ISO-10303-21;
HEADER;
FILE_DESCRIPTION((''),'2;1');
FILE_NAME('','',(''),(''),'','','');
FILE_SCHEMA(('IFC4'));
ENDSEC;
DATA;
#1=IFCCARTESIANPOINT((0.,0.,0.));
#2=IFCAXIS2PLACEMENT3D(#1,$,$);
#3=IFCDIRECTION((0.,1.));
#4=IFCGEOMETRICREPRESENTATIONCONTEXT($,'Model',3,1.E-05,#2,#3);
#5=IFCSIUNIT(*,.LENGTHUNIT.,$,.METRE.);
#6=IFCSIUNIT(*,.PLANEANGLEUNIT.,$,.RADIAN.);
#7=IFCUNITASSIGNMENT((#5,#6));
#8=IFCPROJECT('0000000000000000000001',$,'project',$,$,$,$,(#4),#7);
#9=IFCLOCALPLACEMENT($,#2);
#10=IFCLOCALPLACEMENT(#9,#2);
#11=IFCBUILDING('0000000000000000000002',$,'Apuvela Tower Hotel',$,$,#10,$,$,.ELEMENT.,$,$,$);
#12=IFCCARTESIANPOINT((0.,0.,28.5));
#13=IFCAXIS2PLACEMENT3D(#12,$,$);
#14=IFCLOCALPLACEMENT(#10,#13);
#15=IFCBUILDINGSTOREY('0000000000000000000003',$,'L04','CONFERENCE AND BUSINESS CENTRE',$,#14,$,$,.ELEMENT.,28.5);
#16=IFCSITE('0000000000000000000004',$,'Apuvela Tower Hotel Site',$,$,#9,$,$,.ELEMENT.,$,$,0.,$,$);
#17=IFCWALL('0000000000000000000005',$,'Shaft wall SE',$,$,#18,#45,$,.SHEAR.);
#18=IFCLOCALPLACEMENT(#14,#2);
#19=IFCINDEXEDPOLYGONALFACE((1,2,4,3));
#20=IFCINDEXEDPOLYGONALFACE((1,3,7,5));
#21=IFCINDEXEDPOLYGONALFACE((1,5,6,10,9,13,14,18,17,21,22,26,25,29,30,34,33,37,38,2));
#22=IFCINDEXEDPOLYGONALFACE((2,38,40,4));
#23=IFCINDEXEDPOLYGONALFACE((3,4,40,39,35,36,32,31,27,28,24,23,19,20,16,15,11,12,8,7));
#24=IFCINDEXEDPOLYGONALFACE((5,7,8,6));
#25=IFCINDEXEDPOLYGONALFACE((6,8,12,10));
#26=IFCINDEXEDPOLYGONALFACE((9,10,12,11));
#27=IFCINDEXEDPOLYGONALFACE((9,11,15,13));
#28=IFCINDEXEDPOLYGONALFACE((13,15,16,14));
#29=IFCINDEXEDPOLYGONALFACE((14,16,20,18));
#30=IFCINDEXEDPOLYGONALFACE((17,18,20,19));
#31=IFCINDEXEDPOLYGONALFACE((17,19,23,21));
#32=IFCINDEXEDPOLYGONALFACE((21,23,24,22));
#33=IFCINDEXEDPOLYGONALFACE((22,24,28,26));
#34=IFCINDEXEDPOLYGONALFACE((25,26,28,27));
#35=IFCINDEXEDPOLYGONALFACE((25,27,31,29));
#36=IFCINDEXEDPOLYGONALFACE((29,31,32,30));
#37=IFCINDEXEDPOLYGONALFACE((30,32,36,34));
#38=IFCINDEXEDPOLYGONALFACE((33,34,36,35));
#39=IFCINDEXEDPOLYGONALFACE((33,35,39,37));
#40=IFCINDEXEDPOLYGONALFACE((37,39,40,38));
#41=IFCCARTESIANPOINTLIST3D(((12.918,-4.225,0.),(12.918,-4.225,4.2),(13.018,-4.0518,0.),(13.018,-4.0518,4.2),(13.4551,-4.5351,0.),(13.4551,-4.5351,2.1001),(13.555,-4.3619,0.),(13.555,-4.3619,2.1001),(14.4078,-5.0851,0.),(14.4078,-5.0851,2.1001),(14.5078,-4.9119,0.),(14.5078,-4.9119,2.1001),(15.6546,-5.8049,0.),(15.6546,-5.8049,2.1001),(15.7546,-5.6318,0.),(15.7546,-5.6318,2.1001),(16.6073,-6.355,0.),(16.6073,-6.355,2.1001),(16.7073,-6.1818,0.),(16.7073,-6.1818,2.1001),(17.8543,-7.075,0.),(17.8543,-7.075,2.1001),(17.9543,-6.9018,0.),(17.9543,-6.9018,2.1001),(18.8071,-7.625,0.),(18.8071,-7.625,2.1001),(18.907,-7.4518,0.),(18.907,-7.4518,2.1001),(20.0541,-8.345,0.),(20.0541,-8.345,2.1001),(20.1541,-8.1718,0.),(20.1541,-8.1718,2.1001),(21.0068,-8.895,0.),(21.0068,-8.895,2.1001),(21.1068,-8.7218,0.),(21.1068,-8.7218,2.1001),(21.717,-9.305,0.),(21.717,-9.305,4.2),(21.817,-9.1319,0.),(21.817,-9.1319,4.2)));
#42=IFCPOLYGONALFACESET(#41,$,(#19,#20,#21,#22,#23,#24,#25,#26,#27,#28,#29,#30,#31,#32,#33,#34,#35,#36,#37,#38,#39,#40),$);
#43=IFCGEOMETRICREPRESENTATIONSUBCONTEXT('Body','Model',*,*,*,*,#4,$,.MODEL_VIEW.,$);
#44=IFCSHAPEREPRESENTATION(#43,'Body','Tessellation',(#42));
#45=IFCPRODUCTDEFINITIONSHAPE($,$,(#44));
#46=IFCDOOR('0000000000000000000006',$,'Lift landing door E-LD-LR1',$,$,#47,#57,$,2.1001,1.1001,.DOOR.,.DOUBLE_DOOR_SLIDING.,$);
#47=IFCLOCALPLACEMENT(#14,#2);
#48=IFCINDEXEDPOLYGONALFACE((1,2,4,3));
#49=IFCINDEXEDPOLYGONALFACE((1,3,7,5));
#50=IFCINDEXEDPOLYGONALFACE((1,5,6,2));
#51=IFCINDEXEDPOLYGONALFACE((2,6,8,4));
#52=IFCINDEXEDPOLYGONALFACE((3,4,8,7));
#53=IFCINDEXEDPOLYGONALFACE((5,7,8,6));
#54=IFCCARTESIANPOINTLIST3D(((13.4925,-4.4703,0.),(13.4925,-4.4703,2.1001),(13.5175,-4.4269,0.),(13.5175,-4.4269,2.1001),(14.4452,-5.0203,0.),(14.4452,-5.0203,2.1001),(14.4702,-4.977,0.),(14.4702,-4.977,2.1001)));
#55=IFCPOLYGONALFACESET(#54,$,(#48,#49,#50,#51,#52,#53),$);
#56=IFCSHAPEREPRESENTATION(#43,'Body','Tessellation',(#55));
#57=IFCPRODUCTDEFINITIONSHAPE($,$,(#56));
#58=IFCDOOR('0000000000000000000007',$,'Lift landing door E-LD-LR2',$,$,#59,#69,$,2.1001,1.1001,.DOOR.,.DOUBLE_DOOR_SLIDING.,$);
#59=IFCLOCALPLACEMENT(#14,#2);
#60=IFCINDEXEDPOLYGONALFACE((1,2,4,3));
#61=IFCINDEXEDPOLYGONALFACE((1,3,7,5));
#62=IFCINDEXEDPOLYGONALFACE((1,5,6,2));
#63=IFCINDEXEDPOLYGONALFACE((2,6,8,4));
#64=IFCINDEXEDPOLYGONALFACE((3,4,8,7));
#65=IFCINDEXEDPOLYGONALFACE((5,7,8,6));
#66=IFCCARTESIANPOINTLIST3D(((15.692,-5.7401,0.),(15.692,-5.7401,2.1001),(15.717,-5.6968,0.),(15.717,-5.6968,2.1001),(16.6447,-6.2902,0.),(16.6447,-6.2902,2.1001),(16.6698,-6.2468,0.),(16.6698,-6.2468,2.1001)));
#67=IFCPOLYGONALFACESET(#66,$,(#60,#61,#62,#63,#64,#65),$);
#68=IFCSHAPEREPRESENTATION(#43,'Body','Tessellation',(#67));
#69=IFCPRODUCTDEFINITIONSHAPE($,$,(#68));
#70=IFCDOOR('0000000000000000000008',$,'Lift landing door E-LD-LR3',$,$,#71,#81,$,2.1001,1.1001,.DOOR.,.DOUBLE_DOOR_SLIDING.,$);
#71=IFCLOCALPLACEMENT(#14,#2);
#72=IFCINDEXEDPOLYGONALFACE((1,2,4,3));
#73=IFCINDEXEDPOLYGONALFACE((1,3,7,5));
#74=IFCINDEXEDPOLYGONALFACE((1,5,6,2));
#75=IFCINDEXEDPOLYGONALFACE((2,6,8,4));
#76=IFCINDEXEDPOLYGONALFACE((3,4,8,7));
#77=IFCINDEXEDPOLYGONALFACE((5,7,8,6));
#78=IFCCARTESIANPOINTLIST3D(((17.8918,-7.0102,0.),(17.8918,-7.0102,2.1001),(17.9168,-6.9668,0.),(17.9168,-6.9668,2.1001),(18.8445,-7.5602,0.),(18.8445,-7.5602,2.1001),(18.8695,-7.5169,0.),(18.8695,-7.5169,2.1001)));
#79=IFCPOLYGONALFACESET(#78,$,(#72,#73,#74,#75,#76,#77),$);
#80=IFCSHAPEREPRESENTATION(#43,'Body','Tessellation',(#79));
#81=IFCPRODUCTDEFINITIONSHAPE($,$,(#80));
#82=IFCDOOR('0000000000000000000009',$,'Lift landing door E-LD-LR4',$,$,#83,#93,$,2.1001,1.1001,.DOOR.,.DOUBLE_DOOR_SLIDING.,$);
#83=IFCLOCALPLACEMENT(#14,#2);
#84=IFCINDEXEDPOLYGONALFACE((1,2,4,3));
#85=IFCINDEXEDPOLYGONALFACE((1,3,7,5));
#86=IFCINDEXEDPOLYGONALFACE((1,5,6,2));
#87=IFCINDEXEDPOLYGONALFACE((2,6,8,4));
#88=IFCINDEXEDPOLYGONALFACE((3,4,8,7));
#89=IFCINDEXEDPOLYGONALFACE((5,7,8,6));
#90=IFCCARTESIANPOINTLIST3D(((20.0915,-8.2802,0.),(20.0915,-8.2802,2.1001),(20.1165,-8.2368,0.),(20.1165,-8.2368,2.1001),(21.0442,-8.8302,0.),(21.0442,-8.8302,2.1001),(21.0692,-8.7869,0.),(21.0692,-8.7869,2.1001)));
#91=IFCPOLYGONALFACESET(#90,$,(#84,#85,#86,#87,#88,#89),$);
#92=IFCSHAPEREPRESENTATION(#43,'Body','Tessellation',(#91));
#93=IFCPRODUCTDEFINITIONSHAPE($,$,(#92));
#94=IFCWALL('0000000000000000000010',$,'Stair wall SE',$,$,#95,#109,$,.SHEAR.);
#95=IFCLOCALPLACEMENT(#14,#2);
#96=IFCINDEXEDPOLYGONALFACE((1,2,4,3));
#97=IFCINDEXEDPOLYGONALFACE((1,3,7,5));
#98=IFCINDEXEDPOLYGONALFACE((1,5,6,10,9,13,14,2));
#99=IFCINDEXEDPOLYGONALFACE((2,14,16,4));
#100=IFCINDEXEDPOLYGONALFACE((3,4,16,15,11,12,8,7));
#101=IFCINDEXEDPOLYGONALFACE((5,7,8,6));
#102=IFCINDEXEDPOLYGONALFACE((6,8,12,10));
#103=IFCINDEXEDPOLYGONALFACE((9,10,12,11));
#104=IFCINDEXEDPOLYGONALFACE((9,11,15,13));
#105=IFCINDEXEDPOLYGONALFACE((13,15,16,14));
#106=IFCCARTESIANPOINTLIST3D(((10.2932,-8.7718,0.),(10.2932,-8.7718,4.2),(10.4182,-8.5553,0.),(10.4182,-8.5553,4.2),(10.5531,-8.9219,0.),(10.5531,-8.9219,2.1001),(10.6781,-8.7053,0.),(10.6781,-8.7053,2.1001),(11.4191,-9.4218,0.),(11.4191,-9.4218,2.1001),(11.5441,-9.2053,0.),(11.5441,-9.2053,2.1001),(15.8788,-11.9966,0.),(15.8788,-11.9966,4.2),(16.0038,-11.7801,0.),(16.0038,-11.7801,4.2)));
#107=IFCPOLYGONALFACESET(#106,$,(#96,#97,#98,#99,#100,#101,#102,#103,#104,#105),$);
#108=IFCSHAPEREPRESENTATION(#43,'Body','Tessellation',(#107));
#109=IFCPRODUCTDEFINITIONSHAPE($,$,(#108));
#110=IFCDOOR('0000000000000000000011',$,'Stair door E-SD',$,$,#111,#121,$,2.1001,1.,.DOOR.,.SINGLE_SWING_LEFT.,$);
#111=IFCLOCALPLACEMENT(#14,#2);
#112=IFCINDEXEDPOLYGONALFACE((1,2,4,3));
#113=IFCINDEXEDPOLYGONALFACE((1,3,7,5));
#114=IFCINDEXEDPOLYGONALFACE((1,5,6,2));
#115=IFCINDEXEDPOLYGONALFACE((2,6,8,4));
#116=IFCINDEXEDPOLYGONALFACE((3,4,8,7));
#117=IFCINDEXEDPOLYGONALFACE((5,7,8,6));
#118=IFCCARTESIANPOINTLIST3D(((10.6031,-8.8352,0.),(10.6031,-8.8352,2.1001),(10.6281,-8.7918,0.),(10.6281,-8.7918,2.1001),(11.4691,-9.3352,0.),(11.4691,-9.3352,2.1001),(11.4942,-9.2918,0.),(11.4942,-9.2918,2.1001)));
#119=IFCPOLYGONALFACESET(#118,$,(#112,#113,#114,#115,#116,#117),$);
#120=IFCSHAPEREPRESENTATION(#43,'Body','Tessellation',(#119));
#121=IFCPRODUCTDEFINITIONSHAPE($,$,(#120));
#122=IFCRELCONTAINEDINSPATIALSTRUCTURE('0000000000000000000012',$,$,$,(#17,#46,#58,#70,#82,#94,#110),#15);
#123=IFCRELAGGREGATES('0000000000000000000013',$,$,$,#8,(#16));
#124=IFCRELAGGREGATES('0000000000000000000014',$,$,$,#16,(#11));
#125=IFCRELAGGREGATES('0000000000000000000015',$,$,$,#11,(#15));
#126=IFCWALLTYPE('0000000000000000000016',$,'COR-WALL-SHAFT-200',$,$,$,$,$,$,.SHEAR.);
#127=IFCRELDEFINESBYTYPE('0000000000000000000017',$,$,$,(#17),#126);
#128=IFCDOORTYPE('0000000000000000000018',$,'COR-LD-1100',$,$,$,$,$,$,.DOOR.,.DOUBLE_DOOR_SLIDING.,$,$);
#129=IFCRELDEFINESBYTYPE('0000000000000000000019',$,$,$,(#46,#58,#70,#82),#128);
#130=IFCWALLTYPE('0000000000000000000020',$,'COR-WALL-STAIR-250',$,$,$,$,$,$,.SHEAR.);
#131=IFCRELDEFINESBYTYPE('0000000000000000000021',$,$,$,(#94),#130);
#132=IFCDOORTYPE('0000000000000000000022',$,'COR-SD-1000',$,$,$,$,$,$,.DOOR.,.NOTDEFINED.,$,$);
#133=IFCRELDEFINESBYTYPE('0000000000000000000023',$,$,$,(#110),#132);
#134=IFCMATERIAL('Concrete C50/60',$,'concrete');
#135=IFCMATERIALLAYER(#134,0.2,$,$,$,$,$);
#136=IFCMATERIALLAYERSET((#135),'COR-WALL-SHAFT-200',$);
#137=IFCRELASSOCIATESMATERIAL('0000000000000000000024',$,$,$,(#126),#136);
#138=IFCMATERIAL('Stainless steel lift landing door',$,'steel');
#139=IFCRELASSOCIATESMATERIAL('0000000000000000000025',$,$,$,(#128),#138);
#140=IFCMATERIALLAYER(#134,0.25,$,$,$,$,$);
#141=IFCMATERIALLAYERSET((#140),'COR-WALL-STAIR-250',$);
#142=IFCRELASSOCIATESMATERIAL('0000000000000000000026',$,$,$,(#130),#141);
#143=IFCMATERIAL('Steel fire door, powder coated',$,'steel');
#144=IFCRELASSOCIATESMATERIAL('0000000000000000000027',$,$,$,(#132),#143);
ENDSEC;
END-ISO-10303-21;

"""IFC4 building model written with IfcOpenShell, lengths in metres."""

from ifc_helpers import new_model, si_unit, direction, frame, frame_2d, origin, place, context, subcontext, project, spatial, rectangle, extrude, material, layer, layer_set, type_object, element, fill, save


model = new_model("IFC4")

# Units and contexts
model_context = context("Model", 3, precision=1e-05, world=origin(), true_north=direction((0.0, 1.0)))
body_context = subcontext(model_context, "Body", "Model", "MODEL_VIEW")
ifc_project = project(units=[si_unit("LENGTHUNIT", "METRE"), si_unit("PLANEANGLEUNIT", "RADIAN")], contexts=[model_context])

# Site, building, storey
site_placement = place(None, origin())
site = spatial("IfcSite", under=ifc_project, at=site_placement, Name="Apuvela Tower Hotel Site", CompositionType="ELEMENT", RefElevation=0.0)
building_placement = place(site_placement, origin())
building = spatial("IfcBuilding", under=site, at=building_placement, Name="Apuvela Tower Hotel", CompositionType="ELEMENT")
storey_placement = place(building_placement, frame((0.0, 0.0, 28.5)))
storey = spatial("IfcBuildingStorey", under=building, at=storey_placement, Name="L04", Description="CONFERENCE AND BUSINESS CENTRE", CompositionType="ELEMENT", Elevation=28.5)

# Shared definitions
ifc_material_1 = material(Name="Concrete C50/60", Category="concrete")

# Shared definitions
ifc_layer_1 = layer(ifc_material_1, 0.2)
ifc_layer_set_1 = layer_set([ifc_layer_1], Name="COR-WALL-SHAFT-200")
wall_type_1 = type_object("IfcWallType", Name="COR-WALL-SHAFT-200", PredefinedType="SHEAR", material=ifc_layer_set_1)
ifc_material_2 = material(Name="Stainless steel lift landing door", Category="steel")

# Wall, openings, doors
wall_1_placement = place(storey_placement, frame((12.968, -4.1384, 0.0), z_axis=(0.0, 0.0, 1.0), x_axis=(0.866028, -0.499995, 0.0)))
wall_1 = element("IfcWall", 1, at=wall_1_placement, inside=storey, type_object=wall_type_1, Name="Shaft wall SE", PredefinedType="SHEAR", context=body_context, shape_type="SweptSolid", body=[
    extrude(rectangle(XDim=10.1602, YDim=0.2, at=frame_2d((5.0801, 0.0))), origin(), (0.0, 0.0, 1.0), 4.2),
])
opening_1_placement = place(wall_1_placement, frame((0.6201, 0.0, 0.0)))
opening_1 = element("IfcOpeningElement", 2, at=opening_1_placement, cuts=wall_1, PredefinedType="OPENING", context=body_context, shape_type="SweptSolid", body=[
    extrude(rectangle(XDim=1.1001, YDim=2.1001, at=frame_2d((0.55, 1.05))), frame((0.0, 0.1099, 0.0), z_axis=(0.0, -1.0, 0.0), x_axis=(1.0, 0.0, 0.0)), (0.0, 0.0, 1.0), 0.22),
])
opening_2_placement = place(wall_1_placement, frame((3.1599, 0.0, 0.0)))
opening_2 = element("IfcOpeningElement", 3, at=opening_2_placement, cuts=wall_1, PredefinedType="OPENING", context=body_context, shape_type="SweptSolid", body=[
    extrude(rectangle(XDim=1.1001, YDim=2.1001, at=frame_2d((0.55, 1.05))), frame((0.0, 0.1099, 0.0), z_axis=(0.0, -1.0, 0.0), x_axis=(1.0, 0.0, 0.0)), (0.0, 0.0, 1.0), 0.22),
])
opening_3_placement = place(wall_1_placement, frame((5.7, 0.0, 0.0)))
opening_3 = element("IfcOpeningElement", 4, at=opening_3_placement, cuts=wall_1, PredefinedType="OPENING", context=body_context, shape_type="SweptSolid", body=[
    extrude(rectangle(XDim=1.1001, YDim=2.1001, at=frame_2d((0.55, 1.05))), frame((0.0, 0.1099, 0.0), z_axis=(0.0, -1.0, 0.0), x_axis=(1.0, 0.0, 0.0)), (0.0, 0.0, 1.0), 0.22),
])
opening_4_placement = place(wall_1_placement, frame((8.24, 0.0, 0.0)))
opening_4 = element("IfcOpeningElement", 5, at=opening_4_placement, cuts=wall_1, PredefinedType="OPENING", context=body_context, shape_type="SweptSolid", body=[
    extrude(rectangle(XDim=1.1001, YDim=2.1001, at=frame_2d((0.55, 1.05))), frame((0.0, 0.1099, 0.0), z_axis=(0.0, -1.0, 0.0), x_axis=(1.0, 0.0, 0.0)), (0.0, 0.0, 1.0), 0.22),
])
door_type_1 = type_object("IfcDoorType", Name="COR-LD-1100", OperationType="DOUBLE_DOOR_SLIDING", PredefinedType="DOOR", material=ifc_material_2)
door_1_placement = place(opening_1_placement, origin())
door_1 = element("IfcDoor", 6, at=door_1_placement, inside=storey, type_object=door_type_1, Name="Lift landing door E-LD-LR1", OperationType="DOUBLE_DOOR_SLIDING", OverallHeight=2.1001, OverallWidth=1.1001, PredefinedType="DOOR", context=body_context, shape_type="SweptSolid", body=[
    extrude(rectangle(XDim=1.1001, YDim=2.1001, at=frame_2d((0.55, 1.05))), frame((0.0, 0.0249, 0.0), z_axis=(0.0, -1.0, 0.0), x_axis=(1.0, 0.0, 0.0)), (0.0, 0.0, 1.0), 0.05),
])
fill(opening_1, door_1)
door_2_placement = place(opening_2_placement, origin())
door_2 = element("IfcDoor", 7, at=door_2_placement, inside=storey, type_object=door_type_1, Name="Lift landing door E-LD-LR2", OperationType="DOUBLE_DOOR_SLIDING", OverallHeight=2.1001, OverallWidth=1.1001, PredefinedType="DOOR", context=body_context, shape_type="SweptSolid", body=[
    extrude(rectangle(XDim=1.1001, YDim=2.1001, at=frame_2d((0.55, 1.05))), frame((0.0, 0.0249, 0.0), z_axis=(0.0, -1.0, 0.0), x_axis=(1.0, 0.0, 0.0)), (0.0, 0.0, 1.0), 0.05),
])
fill(opening_2, door_2)
door_3_placement = place(opening_3_placement, origin())
door_3 = element("IfcDoor", 8, at=door_3_placement, inside=storey, type_object=door_type_1, Name="Lift landing door E-LD-LR3", OperationType="DOUBLE_DOOR_SLIDING", OverallHeight=2.1001, OverallWidth=1.1001, PredefinedType="DOOR", context=body_context, shape_type="SweptSolid", body=[
    extrude(rectangle(XDim=1.1001, YDim=2.1001, at=frame_2d((0.55, 1.05))), frame((0.0, 0.0249, 0.0), z_axis=(0.0, -1.0, 0.0), x_axis=(1.0, 0.0, 0.0)), (0.0, 0.0, 1.0), 0.05),
])
fill(opening_3, door_3)
door_4_placement = place(opening_4_placement, origin())
door_4 = element("IfcDoor", 9, at=door_4_placement, inside=storey, type_object=door_type_1, Name="Lift landing door E-LD-LR4", OperationType="DOUBLE_DOOR_SLIDING", OverallHeight=2.1001, OverallWidth=1.1001, PredefinedType="DOOR", context=body_context, shape_type="SweptSolid", body=[
    extrude(rectangle(XDim=1.1001, YDim=2.1001, at=frame_2d((0.55, 1.05))), frame((0.0, 0.0249, 0.0), z_axis=(0.0, -1.0, 0.0), x_axis=(1.0, 0.0, 0.0)), (0.0, 0.0, 1.0), 0.05),
])
fill(opening_4, door_4)

# Wall, opening, door
ifc_layer_2 = layer(ifc_material_1, 0.25)
ifc_layer_set_2 = layer_set([ifc_layer_2], Name="COR-WALL-STAIR-250")
wall_type_2 = type_object("IfcWallType", Name="COR-WALL-STAIR-250", PredefinedType="SHEAR", material=ifc_layer_set_2)
wall_2_placement = place(storey_placement, frame((10.3557, -8.6636, 0.0), z_axis=(0.0, 0.0, 1.0), x_axis=(0.866029, -0.499994, 0.0)))
wall_2 = element("IfcWall", 10, at=wall_2_placement, inside=storey, type_object=wall_type_2, Name="Stair wall SE", PredefinedType="SHEAR", context=body_context, shape_type="SweptSolid", body=[
    extrude(rectangle(XDim=6.4497, YDim=0.25, at=frame_2d((3.2249, 0.0))), origin(), (0.0, 0.0, 1.0), 4.2),
])
opening_5_placement = place(wall_2_placement, frame((0.3, 0.0, 0.0)))
opening_5 = element("IfcOpeningElement", 11, at=opening_5_placement, cuts=wall_2, PredefinedType="OPENING", context=body_context, shape_type="SweptSolid", body=[
    extrude(rectangle(XDim=1.0, YDim=2.1001, at=frame_2d((0.5, 1.05))), frame((0.0, 0.135, 0.0), z_axis=(0.0, -1.0, 0.0), x_axis=(1.0, 0.0, 0.0)), (0.0, 0.0, 1.0), 0.27),
])
ifc_material_3 = material(Name="Steel fire door, powder coated", Category="steel")
door_type_2 = type_object("IfcDoorType", Name="COR-SD-1000", OperationType="NOTDEFINED", PredefinedType="DOOR", material=ifc_material_3)
door_5_placement = place(opening_5_placement, frame((1.0, 0.0, 0.0), z_axis=(0.0, 0.0, 1.0), x_axis=(-1.0, 0.0, 0.0)))
door_5 = element("IfcDoor", 12, at=door_5_placement, inside=storey, type_object=door_type_2, Name="Stair door E-SD", OperationType="SINGLE_SWING_LEFT", OverallHeight=2.1001, OverallWidth=1.0, PredefinedType="DOOR", context=body_context, shape_type="SweptSolid", body=[
    extrude(rectangle(XDim=1.0, YDim=2.1001, at=frame_2d((0.5, 1.05))), frame((0.0, 0.0249, 0.0), z_axis=(0.0, -1.0, 0.0), x_axis=(1.0, 0.0, 0.0)), (0.0, 0.0, 1.0), 0.05),
])
fill(opening_5, door_5)

save(model, "model.ifc")
